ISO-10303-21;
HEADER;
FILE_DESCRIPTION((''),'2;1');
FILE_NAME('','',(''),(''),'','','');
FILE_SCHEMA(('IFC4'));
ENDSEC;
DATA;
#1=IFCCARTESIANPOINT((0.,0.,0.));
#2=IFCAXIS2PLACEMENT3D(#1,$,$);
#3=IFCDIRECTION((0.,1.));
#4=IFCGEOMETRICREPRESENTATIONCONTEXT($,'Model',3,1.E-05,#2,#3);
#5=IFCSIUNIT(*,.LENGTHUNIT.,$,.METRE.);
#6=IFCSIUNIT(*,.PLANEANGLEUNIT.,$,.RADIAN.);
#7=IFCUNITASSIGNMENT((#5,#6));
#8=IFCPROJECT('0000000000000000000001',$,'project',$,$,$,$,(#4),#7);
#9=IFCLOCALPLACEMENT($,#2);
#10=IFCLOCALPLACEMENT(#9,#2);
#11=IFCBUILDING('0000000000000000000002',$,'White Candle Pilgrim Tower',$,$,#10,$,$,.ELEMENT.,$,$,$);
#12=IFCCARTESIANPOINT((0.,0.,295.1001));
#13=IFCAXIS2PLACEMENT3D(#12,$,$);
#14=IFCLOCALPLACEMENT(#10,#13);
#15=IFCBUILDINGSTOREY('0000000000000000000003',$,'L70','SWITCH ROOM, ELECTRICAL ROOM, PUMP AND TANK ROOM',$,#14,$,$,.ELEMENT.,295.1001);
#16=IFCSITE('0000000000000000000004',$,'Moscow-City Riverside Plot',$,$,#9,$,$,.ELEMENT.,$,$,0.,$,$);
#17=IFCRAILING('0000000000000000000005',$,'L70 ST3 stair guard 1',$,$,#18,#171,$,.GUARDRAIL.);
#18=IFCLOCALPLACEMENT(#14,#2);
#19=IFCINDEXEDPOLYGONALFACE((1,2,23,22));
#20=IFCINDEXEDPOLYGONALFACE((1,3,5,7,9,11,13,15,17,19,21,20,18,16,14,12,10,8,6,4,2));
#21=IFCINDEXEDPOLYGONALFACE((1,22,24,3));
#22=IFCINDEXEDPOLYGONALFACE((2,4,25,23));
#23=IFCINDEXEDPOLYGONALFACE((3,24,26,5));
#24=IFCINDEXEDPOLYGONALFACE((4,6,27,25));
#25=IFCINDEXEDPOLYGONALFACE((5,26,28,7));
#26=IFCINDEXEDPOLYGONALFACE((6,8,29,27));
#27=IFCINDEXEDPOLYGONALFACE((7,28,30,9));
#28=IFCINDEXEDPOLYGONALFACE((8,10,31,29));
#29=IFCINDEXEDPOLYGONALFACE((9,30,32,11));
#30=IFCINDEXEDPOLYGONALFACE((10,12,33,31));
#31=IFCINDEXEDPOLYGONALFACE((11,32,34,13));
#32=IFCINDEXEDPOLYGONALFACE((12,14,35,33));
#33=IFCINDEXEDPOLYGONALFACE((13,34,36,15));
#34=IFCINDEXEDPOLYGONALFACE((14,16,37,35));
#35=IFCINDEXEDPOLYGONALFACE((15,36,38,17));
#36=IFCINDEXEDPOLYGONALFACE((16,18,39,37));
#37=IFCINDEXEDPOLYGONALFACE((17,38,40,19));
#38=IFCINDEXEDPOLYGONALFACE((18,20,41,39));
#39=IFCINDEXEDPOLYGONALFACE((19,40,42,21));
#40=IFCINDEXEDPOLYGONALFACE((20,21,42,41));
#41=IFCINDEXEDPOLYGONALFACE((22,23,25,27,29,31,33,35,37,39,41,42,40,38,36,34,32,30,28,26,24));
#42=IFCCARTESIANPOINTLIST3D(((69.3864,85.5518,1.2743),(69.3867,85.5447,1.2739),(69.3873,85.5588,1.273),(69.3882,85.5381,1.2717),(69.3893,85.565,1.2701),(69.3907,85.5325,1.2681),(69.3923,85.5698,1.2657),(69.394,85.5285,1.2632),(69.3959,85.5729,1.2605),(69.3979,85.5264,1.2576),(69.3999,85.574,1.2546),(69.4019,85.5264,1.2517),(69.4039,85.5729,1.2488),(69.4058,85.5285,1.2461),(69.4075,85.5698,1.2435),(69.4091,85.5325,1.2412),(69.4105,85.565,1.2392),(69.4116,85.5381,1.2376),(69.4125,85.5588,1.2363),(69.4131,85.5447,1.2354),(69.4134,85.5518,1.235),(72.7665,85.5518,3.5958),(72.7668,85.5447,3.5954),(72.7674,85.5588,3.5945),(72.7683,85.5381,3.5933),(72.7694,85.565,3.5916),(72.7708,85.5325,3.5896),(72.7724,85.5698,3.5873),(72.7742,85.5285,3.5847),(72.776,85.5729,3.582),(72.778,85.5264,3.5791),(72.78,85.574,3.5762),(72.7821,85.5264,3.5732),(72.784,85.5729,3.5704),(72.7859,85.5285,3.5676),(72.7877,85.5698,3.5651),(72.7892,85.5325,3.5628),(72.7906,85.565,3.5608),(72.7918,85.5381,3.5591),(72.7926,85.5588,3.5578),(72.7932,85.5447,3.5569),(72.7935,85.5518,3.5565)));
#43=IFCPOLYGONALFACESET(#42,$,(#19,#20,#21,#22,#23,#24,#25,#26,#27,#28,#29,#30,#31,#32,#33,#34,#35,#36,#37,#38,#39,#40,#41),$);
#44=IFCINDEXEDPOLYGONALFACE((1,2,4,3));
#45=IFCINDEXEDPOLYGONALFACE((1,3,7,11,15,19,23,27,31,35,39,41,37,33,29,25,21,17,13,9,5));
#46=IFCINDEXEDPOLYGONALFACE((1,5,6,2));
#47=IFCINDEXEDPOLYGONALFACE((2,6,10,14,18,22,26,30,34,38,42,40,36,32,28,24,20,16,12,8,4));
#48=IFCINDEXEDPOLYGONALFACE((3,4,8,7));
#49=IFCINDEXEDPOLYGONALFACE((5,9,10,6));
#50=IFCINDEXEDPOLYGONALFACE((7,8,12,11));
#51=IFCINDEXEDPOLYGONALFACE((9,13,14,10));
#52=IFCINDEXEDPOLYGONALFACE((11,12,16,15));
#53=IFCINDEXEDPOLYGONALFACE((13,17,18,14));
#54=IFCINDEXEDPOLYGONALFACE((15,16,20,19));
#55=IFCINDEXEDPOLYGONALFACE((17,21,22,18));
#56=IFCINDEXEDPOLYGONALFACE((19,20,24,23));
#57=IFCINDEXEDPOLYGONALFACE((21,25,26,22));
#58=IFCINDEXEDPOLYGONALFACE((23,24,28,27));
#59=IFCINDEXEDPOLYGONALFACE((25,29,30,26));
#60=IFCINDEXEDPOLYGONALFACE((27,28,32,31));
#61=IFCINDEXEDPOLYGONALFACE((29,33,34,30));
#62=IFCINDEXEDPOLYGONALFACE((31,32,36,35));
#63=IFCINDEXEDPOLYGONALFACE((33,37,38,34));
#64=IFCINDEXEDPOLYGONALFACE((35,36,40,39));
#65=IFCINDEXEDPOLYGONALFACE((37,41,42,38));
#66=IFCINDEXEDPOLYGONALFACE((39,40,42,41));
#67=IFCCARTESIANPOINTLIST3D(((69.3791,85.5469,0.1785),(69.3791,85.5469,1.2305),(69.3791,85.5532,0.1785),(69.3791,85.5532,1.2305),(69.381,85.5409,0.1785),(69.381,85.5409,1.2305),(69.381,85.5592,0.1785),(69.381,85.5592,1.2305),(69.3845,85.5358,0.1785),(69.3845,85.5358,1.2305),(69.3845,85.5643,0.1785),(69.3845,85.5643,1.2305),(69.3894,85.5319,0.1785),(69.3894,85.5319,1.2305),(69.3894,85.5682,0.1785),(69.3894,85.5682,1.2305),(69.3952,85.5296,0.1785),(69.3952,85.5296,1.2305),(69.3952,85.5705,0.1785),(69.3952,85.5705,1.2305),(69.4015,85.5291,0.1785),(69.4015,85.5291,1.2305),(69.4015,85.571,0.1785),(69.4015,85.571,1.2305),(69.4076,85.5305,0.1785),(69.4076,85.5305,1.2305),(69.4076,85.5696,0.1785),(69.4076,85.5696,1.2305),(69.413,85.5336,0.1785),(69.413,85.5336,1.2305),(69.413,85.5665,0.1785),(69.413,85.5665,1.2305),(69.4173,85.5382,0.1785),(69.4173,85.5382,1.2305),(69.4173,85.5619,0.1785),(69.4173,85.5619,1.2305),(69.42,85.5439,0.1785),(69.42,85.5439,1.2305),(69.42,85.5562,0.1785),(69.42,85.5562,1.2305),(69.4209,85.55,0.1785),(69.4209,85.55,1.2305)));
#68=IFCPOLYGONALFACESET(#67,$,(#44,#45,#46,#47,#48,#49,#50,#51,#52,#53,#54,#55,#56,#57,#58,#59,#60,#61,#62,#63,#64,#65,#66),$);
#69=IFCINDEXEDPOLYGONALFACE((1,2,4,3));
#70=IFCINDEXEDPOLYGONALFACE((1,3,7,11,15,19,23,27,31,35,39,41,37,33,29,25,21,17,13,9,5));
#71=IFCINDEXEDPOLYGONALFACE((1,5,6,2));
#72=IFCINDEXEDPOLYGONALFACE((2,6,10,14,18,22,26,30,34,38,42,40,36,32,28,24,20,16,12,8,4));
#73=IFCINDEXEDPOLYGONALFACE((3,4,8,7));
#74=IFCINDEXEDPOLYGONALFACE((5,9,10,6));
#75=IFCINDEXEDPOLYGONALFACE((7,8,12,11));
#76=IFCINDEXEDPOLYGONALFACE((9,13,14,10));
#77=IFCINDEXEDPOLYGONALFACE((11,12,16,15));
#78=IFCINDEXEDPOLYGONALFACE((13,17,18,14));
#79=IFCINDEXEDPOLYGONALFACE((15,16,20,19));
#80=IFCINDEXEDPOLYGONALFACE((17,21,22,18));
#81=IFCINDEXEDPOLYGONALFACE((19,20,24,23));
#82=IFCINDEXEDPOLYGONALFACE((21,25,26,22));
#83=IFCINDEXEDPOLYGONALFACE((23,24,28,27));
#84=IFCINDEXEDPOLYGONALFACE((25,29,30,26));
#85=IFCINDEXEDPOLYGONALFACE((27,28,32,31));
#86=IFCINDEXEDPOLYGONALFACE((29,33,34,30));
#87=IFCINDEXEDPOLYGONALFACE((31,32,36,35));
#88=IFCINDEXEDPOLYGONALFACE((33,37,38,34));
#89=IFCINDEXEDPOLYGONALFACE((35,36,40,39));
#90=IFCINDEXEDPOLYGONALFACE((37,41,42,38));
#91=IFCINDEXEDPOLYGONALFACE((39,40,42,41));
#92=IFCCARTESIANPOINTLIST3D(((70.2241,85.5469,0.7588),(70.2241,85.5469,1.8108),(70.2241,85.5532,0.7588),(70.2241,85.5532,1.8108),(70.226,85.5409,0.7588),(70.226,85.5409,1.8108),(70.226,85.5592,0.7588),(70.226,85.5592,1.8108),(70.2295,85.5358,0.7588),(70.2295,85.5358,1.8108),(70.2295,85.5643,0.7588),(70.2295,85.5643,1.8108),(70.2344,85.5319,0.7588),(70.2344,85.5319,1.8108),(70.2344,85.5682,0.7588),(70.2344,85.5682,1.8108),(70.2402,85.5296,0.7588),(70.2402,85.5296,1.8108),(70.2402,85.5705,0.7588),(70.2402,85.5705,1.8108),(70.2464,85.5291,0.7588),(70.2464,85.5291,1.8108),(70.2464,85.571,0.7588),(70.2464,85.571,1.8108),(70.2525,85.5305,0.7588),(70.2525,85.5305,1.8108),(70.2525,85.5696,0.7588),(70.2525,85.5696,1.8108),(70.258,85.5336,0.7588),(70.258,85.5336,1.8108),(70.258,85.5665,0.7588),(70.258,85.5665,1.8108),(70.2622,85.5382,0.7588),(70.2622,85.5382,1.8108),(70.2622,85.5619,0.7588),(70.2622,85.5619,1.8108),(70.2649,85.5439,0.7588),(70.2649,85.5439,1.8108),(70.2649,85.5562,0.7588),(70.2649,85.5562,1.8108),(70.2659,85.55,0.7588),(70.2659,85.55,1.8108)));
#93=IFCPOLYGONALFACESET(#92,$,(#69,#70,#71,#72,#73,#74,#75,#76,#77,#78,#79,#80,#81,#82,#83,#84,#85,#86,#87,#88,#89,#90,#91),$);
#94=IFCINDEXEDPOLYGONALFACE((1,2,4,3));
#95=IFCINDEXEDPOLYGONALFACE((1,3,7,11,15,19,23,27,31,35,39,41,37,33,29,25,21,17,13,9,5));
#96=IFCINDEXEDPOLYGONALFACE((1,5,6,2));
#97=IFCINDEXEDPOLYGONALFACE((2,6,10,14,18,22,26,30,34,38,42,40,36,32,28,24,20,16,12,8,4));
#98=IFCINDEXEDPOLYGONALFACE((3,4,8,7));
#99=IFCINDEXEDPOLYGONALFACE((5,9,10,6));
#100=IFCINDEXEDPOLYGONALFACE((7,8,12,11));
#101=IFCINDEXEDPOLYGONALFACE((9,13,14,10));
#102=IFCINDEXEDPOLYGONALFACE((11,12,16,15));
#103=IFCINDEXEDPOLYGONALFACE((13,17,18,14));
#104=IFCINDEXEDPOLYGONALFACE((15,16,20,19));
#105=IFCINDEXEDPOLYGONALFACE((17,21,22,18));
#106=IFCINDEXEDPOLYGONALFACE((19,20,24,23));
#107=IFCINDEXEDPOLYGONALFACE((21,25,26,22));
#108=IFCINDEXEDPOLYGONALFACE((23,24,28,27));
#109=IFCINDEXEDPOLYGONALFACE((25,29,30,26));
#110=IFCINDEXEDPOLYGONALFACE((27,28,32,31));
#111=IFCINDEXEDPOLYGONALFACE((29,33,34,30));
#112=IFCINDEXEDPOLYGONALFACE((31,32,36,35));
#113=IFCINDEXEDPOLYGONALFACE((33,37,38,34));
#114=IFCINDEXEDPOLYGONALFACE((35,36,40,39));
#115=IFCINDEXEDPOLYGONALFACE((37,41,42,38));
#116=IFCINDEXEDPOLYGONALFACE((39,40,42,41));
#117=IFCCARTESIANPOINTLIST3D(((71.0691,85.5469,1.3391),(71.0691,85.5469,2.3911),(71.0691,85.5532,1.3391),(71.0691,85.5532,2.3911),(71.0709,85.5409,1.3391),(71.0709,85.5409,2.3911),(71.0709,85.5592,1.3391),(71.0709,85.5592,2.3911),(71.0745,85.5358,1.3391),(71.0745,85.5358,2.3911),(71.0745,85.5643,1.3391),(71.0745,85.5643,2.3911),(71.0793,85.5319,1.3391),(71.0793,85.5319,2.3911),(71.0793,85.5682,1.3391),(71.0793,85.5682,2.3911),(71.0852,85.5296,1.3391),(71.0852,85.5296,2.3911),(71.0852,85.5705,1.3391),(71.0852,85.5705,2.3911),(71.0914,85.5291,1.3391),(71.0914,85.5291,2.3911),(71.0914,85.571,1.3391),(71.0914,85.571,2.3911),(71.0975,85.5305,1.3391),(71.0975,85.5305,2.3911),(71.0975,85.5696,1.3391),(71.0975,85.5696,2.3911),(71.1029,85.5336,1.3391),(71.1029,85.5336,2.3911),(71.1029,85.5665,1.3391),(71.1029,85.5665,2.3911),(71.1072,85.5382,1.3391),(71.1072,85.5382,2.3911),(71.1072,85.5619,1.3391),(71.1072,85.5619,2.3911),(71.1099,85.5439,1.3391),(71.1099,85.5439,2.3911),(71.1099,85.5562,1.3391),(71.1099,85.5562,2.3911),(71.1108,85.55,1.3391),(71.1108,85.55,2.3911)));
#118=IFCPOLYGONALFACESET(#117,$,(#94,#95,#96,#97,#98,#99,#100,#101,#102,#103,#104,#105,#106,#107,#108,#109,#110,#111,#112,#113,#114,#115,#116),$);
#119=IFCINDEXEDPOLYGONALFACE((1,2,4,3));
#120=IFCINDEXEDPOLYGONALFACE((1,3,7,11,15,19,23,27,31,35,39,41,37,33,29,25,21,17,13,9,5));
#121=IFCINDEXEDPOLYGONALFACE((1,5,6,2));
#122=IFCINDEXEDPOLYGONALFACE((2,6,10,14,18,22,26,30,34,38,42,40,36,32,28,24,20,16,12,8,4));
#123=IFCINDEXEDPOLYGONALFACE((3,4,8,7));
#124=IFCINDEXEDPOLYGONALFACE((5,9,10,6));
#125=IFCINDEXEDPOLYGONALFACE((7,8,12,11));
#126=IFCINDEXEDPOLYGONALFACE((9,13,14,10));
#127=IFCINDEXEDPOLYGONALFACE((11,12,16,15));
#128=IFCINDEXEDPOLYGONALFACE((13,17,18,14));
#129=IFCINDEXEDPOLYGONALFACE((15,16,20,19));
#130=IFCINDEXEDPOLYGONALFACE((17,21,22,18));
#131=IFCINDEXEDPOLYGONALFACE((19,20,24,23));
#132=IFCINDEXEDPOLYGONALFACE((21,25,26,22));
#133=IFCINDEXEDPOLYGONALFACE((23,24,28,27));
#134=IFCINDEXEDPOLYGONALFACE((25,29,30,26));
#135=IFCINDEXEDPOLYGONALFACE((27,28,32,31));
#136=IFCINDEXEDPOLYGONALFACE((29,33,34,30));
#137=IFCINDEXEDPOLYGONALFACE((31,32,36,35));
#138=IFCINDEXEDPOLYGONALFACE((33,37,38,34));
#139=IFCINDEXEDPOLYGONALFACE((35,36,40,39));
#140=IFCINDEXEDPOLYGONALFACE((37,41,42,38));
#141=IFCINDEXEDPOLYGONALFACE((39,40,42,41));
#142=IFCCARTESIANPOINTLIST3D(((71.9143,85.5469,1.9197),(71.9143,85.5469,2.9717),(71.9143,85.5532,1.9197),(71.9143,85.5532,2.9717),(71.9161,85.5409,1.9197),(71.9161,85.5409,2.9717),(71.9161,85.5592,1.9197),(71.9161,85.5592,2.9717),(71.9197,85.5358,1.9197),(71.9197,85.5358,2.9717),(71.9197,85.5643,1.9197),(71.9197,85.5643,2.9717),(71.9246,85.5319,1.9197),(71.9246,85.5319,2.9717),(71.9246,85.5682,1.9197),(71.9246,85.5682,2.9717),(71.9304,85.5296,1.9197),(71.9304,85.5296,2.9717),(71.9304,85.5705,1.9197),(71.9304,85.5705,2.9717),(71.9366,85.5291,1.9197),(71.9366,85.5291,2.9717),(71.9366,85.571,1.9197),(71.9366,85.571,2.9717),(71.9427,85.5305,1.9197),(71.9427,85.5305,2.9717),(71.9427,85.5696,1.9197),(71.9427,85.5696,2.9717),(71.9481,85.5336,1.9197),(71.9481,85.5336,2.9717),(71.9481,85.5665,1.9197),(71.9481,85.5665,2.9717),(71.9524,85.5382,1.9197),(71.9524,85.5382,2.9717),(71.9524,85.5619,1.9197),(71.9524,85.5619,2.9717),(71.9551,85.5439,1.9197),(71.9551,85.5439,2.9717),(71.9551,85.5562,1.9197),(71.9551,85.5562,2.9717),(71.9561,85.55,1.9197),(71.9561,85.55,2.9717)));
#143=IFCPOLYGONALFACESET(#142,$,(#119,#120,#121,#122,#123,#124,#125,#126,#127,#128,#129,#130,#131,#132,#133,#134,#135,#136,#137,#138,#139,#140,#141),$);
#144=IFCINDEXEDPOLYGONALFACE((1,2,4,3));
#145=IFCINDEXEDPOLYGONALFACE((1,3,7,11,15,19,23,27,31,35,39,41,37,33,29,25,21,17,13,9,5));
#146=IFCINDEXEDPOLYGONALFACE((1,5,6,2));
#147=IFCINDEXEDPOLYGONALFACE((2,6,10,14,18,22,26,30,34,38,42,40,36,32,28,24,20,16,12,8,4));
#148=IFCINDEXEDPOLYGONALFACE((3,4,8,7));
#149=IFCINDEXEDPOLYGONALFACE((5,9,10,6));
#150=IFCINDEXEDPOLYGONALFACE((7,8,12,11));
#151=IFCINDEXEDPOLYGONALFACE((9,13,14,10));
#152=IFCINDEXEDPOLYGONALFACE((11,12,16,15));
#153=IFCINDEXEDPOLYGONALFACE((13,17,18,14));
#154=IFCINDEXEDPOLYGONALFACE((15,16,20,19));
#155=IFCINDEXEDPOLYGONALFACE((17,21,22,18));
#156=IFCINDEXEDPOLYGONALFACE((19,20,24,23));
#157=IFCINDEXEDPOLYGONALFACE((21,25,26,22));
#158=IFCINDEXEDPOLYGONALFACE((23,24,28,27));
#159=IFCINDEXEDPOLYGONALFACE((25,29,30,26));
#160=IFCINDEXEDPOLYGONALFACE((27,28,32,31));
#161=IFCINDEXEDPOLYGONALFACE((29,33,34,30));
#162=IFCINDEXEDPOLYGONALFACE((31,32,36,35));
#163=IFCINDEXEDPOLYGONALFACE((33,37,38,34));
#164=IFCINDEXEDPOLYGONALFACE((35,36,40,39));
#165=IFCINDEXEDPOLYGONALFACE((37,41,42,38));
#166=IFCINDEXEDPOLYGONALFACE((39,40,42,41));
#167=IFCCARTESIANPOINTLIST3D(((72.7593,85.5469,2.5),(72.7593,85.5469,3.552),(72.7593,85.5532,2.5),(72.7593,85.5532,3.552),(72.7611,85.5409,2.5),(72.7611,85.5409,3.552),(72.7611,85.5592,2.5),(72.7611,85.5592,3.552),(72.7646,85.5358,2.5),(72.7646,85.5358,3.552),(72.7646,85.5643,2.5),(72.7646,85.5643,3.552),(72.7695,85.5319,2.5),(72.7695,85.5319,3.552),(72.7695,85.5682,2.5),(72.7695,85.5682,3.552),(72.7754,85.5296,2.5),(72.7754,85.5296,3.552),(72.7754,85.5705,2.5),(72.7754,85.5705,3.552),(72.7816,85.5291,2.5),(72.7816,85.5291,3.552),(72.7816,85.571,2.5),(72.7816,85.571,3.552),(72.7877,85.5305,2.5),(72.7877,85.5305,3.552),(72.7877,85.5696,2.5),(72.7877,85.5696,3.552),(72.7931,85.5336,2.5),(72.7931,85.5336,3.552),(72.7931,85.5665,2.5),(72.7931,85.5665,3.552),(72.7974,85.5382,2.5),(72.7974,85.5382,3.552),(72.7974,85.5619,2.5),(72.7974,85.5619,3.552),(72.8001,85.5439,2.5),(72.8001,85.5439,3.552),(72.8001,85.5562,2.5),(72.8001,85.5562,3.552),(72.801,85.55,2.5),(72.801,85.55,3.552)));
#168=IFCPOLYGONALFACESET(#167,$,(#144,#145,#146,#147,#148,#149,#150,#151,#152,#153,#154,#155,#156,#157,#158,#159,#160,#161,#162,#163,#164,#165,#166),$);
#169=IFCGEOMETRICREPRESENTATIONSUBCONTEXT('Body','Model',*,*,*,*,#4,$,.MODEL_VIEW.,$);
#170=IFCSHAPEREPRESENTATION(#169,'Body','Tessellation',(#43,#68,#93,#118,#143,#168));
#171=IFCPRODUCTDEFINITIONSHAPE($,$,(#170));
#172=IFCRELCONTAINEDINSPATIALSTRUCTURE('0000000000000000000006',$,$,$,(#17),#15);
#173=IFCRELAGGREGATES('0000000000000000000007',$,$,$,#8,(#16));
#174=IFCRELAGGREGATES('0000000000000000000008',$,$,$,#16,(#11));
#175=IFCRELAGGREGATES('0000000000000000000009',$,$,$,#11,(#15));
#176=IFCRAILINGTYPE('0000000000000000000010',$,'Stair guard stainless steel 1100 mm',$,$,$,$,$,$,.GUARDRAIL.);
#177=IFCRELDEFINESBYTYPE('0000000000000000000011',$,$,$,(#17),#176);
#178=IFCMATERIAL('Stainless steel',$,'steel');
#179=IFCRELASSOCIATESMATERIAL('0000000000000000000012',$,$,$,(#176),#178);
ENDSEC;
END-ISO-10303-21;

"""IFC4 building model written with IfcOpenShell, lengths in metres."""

from ifc_helpers import new_model, si_unit, direction, frame, origin, origin_2d, place, context, subcontext, project, spatial, circle, extrude, material, type_object, element, save


model = new_model("IFC4")

# Units and contexts
model_context = context("Model", 3, precision=1e-05, world=origin(), true_north=direction((0.0, 1.0)))
body_context = subcontext(model_context, "Body", "Model", "MODEL_VIEW")
ifc_project = project(units=[si_unit("LENGTHUNIT", "METRE"), si_unit("PLANEANGLEUNIT", "RADIAN")], contexts=[model_context])

# Site, building, storey
site_placement = place(None, origin())
site = spatial("IfcSite", under=ifc_project, at=site_placement, Name="Moscow-City Riverside Plot", CompositionType="ELEMENT", RefElevation=0.0)
building_placement = place(site_placement, origin())
building = spatial("IfcBuilding", under=site, at=building_placement, Name="White Candle Pilgrim Tower", CompositionType="ELEMENT")
storey_placement = place(building_placement, frame((0.0, 0.0, 295.1001)))
storey = spatial("IfcBuildingStorey", under=building, at=storey_placement, Name="L70", Description="SWITCH ROOM, ELECTRICAL ROOM, PUMP AND TANK ROOM", CompositionType="ELEMENT", Elevation=295.1001)

# Railing
ifc_material_1 = material(Name="Stainless steel", Category="steel")
railing_type_1 = type_object("IfcRailingType", Name="Stair guard stainless steel 1100 mm", PredefinedType="GUARDRAIL", material=ifc_material_1)
railing_1_placement = place(storey_placement, frame((69.3999, 85.55, 0.1785)))
element("IfcRailing", 1, at=railing_1_placement, inside=storey, type_object=railing_type_1, Name="L70 ST3 stair guard 1", PredefinedType="GUARDRAIL", context=body_context, shape_type="SweptSolid", body=[
    extrude(circle(Radius=0.0239, at=origin_2d()), frame((0.0, 0.0, 1.0762), z_axis=(0.824304, 0.0, 0.566147), x_axis=(0.0, 1.0, 0.0)), (0.0, 0.0, 1.0), 4.1006),
    extrude(circle(Radius=0.021, at=origin_2d()), origin(), (0.0, 0.0, 1.0), 1.052),
    extrude(circle(Radius=0.021, at=origin_2d()), frame((0.845, 0.0, 0.5803)), (0.0, 0.0, 1.0), 1.052),
    extrude(circle(Radius=0.021, at=origin_2d()), frame((1.6899, 0.0, 1.1606)), (0.0, 0.0, 1.0), 1.052),
    extrude(circle(Radius=0.021, at=origin_2d()), frame((2.5352, 0.0, 1.7412)), (0.0, 0.0, 1.0), 1.052),
    extrude(circle(Radius=0.021, at=origin_2d()), frame((3.3801, 0.0, 2.3215)), (0.0, 0.0, 1.0), 1.052),
])

save(model, "model.ifc")
